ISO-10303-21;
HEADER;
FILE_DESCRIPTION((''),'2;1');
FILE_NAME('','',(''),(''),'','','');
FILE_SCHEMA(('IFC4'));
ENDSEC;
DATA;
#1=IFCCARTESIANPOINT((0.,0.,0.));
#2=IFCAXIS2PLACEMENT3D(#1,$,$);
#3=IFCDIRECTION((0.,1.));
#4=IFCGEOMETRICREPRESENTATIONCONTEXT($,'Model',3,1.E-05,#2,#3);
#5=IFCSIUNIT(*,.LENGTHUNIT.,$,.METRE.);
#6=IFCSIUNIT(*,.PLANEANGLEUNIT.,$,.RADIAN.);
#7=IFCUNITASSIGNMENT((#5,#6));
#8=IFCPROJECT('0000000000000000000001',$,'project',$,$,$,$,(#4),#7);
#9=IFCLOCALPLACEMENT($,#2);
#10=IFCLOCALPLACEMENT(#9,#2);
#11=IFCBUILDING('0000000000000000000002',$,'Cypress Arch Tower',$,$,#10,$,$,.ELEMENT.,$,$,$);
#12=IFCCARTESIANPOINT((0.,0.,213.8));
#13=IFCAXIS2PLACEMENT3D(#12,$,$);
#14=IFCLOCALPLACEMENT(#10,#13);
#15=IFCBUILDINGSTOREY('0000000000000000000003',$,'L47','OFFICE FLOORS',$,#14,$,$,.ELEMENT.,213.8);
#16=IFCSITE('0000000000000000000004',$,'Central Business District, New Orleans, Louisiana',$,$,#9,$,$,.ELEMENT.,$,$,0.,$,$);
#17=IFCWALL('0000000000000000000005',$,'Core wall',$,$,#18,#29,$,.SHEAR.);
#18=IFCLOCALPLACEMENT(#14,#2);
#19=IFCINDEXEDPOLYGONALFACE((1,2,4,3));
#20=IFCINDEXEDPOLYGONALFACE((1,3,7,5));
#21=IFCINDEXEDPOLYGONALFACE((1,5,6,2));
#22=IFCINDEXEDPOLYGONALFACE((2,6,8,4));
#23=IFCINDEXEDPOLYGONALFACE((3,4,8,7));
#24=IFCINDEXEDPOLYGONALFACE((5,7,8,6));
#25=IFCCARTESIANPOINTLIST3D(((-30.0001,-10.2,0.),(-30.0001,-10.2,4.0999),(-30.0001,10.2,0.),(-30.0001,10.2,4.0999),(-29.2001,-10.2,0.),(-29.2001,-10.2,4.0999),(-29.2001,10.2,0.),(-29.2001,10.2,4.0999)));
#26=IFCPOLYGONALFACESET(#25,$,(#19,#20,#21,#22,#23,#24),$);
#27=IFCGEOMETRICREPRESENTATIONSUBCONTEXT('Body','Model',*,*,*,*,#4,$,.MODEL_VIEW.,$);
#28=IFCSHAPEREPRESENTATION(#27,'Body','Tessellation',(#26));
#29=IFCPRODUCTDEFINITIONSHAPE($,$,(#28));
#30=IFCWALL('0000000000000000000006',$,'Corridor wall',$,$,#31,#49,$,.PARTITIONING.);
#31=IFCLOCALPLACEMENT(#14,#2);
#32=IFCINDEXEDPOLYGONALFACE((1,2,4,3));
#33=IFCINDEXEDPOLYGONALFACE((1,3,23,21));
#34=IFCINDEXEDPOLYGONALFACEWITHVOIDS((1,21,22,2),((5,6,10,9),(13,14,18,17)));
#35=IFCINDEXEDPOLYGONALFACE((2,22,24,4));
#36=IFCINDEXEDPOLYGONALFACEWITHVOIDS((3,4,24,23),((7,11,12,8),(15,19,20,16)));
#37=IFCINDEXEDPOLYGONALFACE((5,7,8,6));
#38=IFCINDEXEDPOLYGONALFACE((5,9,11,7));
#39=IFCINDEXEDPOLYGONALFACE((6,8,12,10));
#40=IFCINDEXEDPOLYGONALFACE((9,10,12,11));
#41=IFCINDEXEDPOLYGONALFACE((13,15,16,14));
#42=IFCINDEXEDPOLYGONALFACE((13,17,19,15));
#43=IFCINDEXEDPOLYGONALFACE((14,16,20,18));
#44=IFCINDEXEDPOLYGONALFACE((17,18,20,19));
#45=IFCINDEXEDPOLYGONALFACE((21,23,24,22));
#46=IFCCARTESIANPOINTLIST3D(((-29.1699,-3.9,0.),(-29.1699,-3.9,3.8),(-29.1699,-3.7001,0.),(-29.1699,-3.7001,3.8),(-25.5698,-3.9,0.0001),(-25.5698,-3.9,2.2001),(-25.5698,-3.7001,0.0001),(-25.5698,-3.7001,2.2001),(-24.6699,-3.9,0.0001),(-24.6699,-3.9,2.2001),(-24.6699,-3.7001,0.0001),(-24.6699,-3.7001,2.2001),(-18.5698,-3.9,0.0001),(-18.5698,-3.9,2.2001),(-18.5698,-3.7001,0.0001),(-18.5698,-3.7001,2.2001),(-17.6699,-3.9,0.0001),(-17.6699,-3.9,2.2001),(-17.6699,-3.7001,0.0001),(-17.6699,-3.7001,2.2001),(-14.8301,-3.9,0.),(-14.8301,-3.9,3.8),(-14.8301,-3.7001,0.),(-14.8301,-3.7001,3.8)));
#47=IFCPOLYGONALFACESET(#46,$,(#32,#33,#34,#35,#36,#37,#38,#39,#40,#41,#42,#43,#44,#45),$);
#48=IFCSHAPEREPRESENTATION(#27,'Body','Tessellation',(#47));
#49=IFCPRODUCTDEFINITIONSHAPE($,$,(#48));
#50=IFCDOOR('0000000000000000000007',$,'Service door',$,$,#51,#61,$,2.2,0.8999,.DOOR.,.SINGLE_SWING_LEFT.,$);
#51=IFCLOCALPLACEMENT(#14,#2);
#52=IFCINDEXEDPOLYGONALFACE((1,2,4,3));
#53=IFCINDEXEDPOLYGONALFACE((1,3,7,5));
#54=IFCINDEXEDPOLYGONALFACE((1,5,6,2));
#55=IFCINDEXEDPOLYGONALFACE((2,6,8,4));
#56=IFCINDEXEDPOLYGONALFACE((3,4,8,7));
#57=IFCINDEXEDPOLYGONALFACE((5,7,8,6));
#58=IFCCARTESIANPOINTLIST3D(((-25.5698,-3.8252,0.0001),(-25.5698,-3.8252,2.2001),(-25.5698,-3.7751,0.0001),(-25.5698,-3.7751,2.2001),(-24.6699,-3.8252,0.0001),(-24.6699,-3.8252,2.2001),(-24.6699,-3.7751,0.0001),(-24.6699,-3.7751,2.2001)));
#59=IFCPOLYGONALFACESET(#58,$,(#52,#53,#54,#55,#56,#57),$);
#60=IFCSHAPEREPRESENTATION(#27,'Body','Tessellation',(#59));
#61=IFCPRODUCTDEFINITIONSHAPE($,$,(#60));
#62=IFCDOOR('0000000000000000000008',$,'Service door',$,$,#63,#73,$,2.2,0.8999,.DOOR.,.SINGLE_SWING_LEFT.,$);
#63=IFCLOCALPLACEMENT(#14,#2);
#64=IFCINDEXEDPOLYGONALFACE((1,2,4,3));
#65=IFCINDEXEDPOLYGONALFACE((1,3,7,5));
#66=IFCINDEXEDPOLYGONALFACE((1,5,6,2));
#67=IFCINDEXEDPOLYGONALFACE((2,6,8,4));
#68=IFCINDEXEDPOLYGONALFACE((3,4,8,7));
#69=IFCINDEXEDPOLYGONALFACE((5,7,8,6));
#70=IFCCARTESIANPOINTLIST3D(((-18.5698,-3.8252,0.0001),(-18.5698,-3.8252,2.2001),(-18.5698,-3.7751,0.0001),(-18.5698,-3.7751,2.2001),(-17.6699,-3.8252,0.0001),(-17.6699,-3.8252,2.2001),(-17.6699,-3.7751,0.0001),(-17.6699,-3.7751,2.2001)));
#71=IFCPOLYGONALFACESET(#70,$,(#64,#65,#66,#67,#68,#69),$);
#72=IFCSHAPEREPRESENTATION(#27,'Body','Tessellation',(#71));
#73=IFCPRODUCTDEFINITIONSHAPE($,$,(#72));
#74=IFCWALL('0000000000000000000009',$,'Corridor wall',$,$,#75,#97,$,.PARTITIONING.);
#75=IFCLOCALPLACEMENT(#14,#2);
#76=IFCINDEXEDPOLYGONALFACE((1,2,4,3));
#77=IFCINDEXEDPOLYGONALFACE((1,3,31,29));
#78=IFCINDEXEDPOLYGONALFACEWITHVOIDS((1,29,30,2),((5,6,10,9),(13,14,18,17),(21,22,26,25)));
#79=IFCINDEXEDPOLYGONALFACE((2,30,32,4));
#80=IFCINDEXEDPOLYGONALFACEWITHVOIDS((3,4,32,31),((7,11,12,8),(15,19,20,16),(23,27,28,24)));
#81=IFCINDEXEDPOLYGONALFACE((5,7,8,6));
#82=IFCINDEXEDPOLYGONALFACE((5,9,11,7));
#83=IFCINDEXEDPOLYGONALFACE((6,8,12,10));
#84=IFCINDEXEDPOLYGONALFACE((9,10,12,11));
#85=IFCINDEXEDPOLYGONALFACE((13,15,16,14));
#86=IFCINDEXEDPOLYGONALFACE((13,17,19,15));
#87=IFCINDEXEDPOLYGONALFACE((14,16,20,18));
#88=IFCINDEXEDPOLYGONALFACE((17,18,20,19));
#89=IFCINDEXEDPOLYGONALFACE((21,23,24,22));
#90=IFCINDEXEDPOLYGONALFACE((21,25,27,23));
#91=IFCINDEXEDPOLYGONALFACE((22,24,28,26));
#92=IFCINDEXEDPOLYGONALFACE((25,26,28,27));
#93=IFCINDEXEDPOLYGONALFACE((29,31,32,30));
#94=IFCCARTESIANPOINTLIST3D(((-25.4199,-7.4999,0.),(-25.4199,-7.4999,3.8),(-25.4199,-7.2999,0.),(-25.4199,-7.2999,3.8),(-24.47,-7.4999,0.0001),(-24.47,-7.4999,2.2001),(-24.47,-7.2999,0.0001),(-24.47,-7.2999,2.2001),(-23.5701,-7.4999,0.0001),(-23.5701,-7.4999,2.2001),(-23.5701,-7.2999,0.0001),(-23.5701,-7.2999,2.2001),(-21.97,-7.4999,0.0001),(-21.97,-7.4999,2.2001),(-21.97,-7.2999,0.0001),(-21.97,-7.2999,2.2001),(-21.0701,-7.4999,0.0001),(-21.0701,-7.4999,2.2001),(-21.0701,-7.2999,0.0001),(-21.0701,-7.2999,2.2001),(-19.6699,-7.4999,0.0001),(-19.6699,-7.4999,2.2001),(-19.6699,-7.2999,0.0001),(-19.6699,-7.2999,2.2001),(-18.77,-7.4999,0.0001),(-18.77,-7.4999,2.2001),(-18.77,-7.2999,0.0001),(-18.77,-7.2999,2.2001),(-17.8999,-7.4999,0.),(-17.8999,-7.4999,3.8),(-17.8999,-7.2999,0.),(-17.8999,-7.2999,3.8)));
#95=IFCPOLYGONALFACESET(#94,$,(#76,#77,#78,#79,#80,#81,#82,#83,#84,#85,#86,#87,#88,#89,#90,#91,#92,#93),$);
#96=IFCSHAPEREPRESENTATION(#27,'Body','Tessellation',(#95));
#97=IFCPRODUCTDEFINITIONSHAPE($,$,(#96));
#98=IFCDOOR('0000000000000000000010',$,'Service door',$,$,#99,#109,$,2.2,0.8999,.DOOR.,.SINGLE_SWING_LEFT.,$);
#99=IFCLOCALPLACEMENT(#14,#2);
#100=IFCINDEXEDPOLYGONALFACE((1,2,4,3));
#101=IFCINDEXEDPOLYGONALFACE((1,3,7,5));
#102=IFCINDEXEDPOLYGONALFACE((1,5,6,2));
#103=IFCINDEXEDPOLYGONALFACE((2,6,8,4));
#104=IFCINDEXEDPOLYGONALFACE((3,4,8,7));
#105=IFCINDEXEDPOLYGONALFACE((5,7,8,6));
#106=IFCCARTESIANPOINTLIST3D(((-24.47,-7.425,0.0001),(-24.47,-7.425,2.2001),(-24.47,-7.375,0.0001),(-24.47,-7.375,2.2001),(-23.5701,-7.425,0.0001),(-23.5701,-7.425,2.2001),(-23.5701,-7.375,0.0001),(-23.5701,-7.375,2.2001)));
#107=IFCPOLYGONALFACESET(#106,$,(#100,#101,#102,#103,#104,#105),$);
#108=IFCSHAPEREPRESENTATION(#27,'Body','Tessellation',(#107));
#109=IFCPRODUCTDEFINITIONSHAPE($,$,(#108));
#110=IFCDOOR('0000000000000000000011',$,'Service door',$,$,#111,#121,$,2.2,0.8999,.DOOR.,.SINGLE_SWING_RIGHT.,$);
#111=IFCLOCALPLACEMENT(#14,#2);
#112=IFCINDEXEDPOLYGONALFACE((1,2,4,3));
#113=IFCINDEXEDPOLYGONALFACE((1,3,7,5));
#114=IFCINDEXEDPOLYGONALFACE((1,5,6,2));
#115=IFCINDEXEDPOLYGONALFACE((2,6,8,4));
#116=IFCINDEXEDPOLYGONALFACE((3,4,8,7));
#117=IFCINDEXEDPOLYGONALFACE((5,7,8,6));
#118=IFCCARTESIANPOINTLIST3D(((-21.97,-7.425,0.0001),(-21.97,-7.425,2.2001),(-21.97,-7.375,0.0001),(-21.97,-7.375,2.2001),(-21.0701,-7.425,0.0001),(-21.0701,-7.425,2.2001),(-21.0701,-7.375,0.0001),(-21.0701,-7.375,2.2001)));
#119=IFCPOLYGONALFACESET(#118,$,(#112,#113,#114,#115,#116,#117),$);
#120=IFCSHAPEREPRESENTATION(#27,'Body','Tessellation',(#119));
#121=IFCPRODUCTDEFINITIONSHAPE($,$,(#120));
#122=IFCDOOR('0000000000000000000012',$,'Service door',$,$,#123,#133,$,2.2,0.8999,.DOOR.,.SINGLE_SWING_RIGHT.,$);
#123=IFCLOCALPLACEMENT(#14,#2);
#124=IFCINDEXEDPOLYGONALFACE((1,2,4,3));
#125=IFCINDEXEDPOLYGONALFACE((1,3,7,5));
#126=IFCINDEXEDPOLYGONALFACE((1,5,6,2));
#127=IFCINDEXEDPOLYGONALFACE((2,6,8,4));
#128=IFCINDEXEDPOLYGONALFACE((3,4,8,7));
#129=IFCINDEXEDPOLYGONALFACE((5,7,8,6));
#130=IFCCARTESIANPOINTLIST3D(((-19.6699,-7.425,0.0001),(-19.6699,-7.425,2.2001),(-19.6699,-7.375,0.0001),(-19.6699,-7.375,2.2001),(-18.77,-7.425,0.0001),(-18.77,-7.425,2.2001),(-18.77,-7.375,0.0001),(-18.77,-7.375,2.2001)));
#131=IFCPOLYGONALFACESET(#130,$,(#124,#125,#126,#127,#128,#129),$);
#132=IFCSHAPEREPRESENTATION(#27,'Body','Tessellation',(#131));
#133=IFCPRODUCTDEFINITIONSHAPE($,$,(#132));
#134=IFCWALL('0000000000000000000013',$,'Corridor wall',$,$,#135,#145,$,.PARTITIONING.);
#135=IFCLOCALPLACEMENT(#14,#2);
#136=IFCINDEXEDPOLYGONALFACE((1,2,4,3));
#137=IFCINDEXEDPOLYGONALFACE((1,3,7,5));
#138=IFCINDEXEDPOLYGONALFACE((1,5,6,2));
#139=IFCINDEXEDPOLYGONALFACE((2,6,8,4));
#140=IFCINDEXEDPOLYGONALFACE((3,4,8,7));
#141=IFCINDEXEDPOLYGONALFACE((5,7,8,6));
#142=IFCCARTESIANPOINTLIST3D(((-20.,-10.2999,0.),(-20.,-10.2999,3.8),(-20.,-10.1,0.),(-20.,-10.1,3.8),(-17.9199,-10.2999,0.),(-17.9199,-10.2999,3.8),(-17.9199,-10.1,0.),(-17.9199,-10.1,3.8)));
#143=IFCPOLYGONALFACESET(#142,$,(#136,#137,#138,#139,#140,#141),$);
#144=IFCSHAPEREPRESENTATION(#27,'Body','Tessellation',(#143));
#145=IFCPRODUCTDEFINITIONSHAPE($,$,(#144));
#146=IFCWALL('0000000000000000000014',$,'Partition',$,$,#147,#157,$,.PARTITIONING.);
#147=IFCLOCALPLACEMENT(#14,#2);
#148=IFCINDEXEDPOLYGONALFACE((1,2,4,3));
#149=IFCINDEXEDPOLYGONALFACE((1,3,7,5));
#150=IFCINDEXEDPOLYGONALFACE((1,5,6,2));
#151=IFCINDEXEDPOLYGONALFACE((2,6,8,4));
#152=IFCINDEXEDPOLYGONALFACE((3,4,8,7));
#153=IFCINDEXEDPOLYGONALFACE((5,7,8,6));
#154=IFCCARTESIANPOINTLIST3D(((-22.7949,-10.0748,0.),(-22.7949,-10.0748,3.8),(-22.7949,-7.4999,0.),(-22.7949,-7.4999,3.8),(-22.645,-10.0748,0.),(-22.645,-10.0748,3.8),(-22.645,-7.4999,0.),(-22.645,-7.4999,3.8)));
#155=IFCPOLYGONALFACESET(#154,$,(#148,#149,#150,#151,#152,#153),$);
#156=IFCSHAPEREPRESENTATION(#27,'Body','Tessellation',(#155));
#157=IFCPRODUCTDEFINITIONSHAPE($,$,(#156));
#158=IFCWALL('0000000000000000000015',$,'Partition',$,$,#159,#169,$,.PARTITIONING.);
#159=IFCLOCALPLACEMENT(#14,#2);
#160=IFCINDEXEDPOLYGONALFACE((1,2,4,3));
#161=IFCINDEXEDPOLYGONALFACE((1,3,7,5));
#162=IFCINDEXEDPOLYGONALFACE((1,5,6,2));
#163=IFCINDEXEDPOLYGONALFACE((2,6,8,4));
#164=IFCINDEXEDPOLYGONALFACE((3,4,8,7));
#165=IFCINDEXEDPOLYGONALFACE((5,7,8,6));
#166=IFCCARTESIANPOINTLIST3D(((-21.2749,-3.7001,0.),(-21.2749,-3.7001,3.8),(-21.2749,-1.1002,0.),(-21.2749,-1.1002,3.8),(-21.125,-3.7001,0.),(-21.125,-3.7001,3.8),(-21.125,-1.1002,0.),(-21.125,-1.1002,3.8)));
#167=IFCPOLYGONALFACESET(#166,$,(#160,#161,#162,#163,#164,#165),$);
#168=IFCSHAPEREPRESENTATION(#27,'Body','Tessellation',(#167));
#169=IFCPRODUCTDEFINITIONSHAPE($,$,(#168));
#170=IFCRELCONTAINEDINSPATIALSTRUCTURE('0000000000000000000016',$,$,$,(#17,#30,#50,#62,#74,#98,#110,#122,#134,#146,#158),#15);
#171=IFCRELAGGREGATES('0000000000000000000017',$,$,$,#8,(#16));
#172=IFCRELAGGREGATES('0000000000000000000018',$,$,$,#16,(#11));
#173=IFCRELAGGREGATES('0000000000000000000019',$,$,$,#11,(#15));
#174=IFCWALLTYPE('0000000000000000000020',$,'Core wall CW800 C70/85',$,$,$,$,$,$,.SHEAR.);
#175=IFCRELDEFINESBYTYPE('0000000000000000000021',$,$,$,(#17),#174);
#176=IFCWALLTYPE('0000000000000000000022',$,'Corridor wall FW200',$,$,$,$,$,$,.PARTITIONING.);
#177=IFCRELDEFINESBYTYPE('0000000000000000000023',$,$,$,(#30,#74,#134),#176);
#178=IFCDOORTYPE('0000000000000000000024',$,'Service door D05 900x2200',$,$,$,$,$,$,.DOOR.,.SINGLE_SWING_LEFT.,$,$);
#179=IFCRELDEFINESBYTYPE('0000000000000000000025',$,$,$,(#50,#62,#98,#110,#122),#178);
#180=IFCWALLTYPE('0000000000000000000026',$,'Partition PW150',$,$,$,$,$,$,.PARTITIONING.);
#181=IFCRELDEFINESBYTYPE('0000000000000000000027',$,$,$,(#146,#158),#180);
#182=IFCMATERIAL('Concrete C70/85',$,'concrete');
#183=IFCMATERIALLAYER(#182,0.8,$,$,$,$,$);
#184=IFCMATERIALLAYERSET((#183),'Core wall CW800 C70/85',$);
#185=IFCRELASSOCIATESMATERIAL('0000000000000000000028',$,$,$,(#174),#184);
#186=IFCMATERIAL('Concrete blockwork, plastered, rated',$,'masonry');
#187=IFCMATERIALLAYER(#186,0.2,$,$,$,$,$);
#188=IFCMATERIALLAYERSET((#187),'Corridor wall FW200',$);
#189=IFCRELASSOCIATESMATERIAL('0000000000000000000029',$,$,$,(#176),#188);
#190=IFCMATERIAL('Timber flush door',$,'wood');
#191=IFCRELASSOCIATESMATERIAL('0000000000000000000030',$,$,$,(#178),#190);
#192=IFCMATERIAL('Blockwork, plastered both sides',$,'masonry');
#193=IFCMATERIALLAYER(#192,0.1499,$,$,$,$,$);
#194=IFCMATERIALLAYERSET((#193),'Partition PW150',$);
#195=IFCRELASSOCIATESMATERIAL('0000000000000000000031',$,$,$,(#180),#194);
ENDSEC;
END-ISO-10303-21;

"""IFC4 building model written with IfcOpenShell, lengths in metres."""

from ifc_helpers import new_model, si_unit, direction, frame, frame_2d, origin, place, context, subcontext, project, spatial, rectangle, extrude, material, layer, layer_set, type_object, element, fill, save


model = new_model("IFC4")

# Units and contexts
model_context = context("Model", 3, precision=1e-05, world=origin(), true_north=direction((0.0, 1.0)))
body_context = subcontext(model_context, "Body", "Model", "MODEL_VIEW")
ifc_project = project(units=[si_unit("LENGTHUNIT", "METRE"), si_unit("PLANEANGLEUNIT", "RADIAN")], contexts=[model_context])

# Site, building, storey
site_placement = place(None, origin())
site = spatial("IfcSite", under=ifc_project, at=site_placement, Name="Central Business District, New Orleans, Louisiana", CompositionType="ELEMENT", RefElevation=0.0)
building_placement = place(site_placement, origin())
building = spatial("IfcBuilding", under=site, at=building_placement, Name="Cypress Arch Tower", CompositionType="ELEMENT")
storey_placement = place(building_placement, frame((0.0, 0.0, 213.8)))
storey = spatial("IfcBuildingStorey", under=building, at=storey_placement, Name="L47", Description="OFFICE FLOORS", CompositionType="ELEMENT", Elevation=213.8)

# Wall
ifc_material_1 = material(Name="Concrete C70/85", Category="concrete")
ifc_layer_1 = layer(ifc_material_1, 0.8)
ifc_layer_set_1 = layer_set([ifc_layer_1], Name="Core wall CW800 C70/85")
wall_type_1 = type_object("IfcWallType", Name="Core wall CW800 C70/85", PredefinedType="SHEAR", material=ifc_layer_set_1)
wall_1_placement = place(storey_placement, frame((-29.6001, -10.2, 0.0), z_axis=(0.0, 0.0, 1.0), x_axis=(0.0, 1.0, 0.0)))
element("IfcWall", 1, at=wall_1_placement, inside=storey, type_object=wall_type_1, Name="Core wall", PredefinedType="SHEAR", context=body_context, shape_type="SweptSolid", body=[
    extrude(rectangle(XDim=20.3999, YDim=0.8, at=frame_2d((10.2, 0.0))), origin(), (0.0, 0.0, 1.0), 4.0999),
])

# Walls, openings, doors
ifc_material_2 = material(Name="Concrete blockwork, plastered, rated", Category="masonry")
ifc_layer_2 = layer(ifc_material_2, 0.2)
ifc_layer_set_2 = layer_set([ifc_layer_2], Name="Corridor wall FW200")
wall_type_2 = type_object("IfcWallType", Name="Corridor wall FW200", PredefinedType="PARTITIONING", material=ifc_layer_set_2)
wall_2_placement = place(storey_placement, frame((-29.1699, -3.8, 0.0), z_axis=(0.0, 0.0, 1.0), x_axis=(1.0, 0.0, 0.0)))
wall_2 = element("IfcWall", 2, at=wall_2_placement, inside=storey, type_object=wall_type_2, Name="Corridor wall", PredefinedType="PARTITIONING", context=body_context, shape_type="SweptSolid", body=[
    extrude(rectangle(XDim=14.3398, YDim=0.2, at=frame_2d((7.1699, 0.0))), origin(), (0.0, 0.0, 1.0), 3.8),
])
opening_1_placement = place(wall_2_placement, frame((3.6001, 0.0, 0.0)))
opening_1 = element("IfcOpeningElement", 3, at=opening_1_placement, cuts=wall_2, PredefinedType="OPENING", context=body_context, shape_type="SweptSolid", body=[
    extrude(rectangle(XDim=0.8999, YDim=2.2, at=frame_2d((0.45, 1.1001))), frame((0.0, 0.1099, 0.0), z_axis=(0.0, -1.0, 0.0), x_axis=(1.0, 0.0, 0.0)), (0.0, 0.0, 1.0), 0.22),
])
opening_2_placement = place(wall_2_placement, frame((10.6001, 0.0, 0.0)))
opening_2 = element("IfcOpeningElement", 4, at=opening_2_placement, cuts=wall_2, PredefinedType="OPENING", context=body_context, shape_type="SweptSolid", body=[
    extrude(rectangle(XDim=0.8999, YDim=2.2, at=frame_2d((0.45, 1.1001))), frame((0.0, 0.1099, 0.0), z_axis=(0.0, -1.0, 0.0), x_axis=(1.0, 0.0, 0.0)), (0.0, 0.0, 1.0), 0.22),
])
ifc_material_3 = material(Name="Timber flush door", Category="wood")
door_type_1 = type_object("IfcDoorType", Name="Service door D05 900x2200", OperationType="SINGLE_SWING_LEFT", PredefinedType="DOOR", material=ifc_material_3)
door_1_placement = place(opening_1_placement, origin())
door_1 = element("IfcDoor", 5, at=door_1_placement, inside=storey, type_object=door_type_1, Name="Service door", OperationType="SINGLE_SWING_LEFT", OverallHeight=2.2, OverallWidth=0.8999, PredefinedType="DOOR", context=body_context, shape_type="SweptSolid", body=[
    extrude(rectangle(XDim=0.8999, YDim=2.2, at=frame_2d((0.45, 1.1001))), frame((0.0, 0.0249, 0.0), z_axis=(0.0, -1.0, 0.0), x_axis=(1.0, 0.0, 0.0)), (0.0, 0.0, 1.0), 0.05),
])
fill(opening_1, door_1)
door_2_placement = place(opening_2_placement, origin())
door_2 = element("IfcDoor", 6, at=door_2_placement, inside=storey, type_object=door_type_1, Name="Service door", OperationType="SINGLE_SWING_LEFT", OverallHeight=2.2, OverallWidth=0.8999, PredefinedType="DOOR", context=body_context, shape_type="SweptSolid", body=[
    extrude(rectangle(XDim=0.8999, YDim=2.2, at=frame_2d((0.45, 1.1001))), frame((0.0, 0.0249, 0.0), z_axis=(0.0, -1.0, 0.0), x_axis=(1.0, 0.0, 0.0)), (0.0, 0.0, 1.0), 0.05),
])
fill(opening_2, door_2)
wall_3_placement = place(storey_placement, frame((-25.4199, -7.3999, 0.0), z_axis=(0.0, 0.0, 1.0), x_axis=(1.0, 0.0, 0.0)))
wall_3 = element("IfcWall", 7, at=wall_3_placement, inside=storey, type_object=wall_type_2, Name="Corridor wall", PredefinedType="PARTITIONING", context=body_context, shape_type="SweptSolid", body=[
    extrude(rectangle(XDim=7.52, YDim=0.2, at=frame_2d((3.76, 0.0))), origin(), (0.0, 0.0, 1.0), 3.8),
])
opening_3_placement = place(wall_3_placement, frame((0.95, 0.0, 0.0)))
opening_3 = element("IfcOpeningElement", 8, at=opening_3_placement, cuts=wall_3, PredefinedType="OPENING", context=body_context, shape_type="SweptSolid", body=[
    extrude(rectangle(XDim=0.8999, YDim=2.2, at=frame_2d((0.45, 1.1001))), frame((0.0, 0.1099, 0.0), z_axis=(0.0, -1.0, 0.0), x_axis=(1.0, 0.0, 0.0)), (0.0, 0.0, 1.0), 0.22),
])
opening_4_placement = place(wall_3_placement, frame((3.45, 0.0, 0.0)))
opening_4 = element("IfcOpeningElement", 9, at=opening_4_placement, cuts=wall_3, PredefinedType="OPENING", context=body_context, shape_type="SweptSolid", body=[
    extrude(rectangle(XDim=0.8999, YDim=2.2, at=frame_2d((0.45, 1.1001))), frame((0.0, 0.1099, 0.0), z_axis=(0.0, -1.0, 0.0), x_axis=(1.0, 0.0, 0.0)), (0.0, 0.0, 1.0), 0.22),
])
opening_5_placement = place(wall_3_placement, frame((5.75, 0.0, 0.0)))
opening_5 = element("IfcOpeningElement", 10, at=opening_5_placement, cuts=wall_3, PredefinedType="OPENING", context=body_context, shape_type="SweptSolid", body=[
    extrude(rectangle(XDim=0.8999, YDim=2.2, at=frame_2d((0.45, 1.1001))), frame((0.0, 0.1099, 0.0), z_axis=(0.0, -1.0, 0.0), x_axis=(1.0, 0.0, 0.0)), (0.0, 0.0, 1.0), 0.22),
])
door_3_placement = place(opening_3_placement, origin())
door_3 = element("IfcDoor", 11, at=door_3_placement, inside=storey, type_object=door_type_1, Name="Service door", OperationType="SINGLE_SWING_LEFT", OverallHeight=2.2, OverallWidth=0.8999, PredefinedType="DOOR", context=body_context, shape_type="SweptSolid", body=[
    extrude(rectangle(XDim=0.8999, YDim=2.2, at=frame_2d((0.45, 1.1001))), frame((0.0, 0.0249, 0.0), z_axis=(0.0, -1.0, 0.0), x_axis=(1.0, 0.0, 0.0)), (0.0, 0.0, 1.0), 0.05),
])
fill(opening_3, door_3)
door_4_placement = place(opening_4_placement, origin())
door_4 = element("IfcDoor", 12, at=door_4_placement, inside=storey, type_object=door_type_1, Name="Service door", OperationType="SINGLE_SWING_RIGHT", OverallHeight=2.2, OverallWidth=0.8999, PredefinedType="DOOR", context=body_context, shape_type="SweptSolid", body=[
    extrude(rectangle(XDim=0.8999, YDim=2.2, at=frame_2d((0.45, 1.1001))), frame((0.0, 0.0249, 0.0), z_axis=(0.0, -1.0, 0.0), x_axis=(1.0, 0.0, 0.0)), (0.0, 0.0, 1.0), 0.05),
])
fill(opening_4, door_4)
door_5_placement = place(opening_5_placement, origin())
door_5 = element("IfcDoor", 13, at=door_5_placement, inside=storey, type_object=door_type_1, Name="Service door", OperationType="SINGLE_SWING_RIGHT", OverallHeight=2.2, OverallWidth=0.8999, PredefinedType="DOOR", context=body_context, shape_type="SweptSolid", body=[
    extrude(rectangle(XDim=0.8999, YDim=2.2, at=frame_2d((0.45, 1.1001))), frame((0.0, 0.0249, 0.0), z_axis=(0.0, -1.0, 0.0), x_axis=(1.0, 0.0, 0.0)), (0.0, 0.0, 1.0), 0.05),
])
fill(opening_5, door_5)

# Walls
wall_4_placement = place(storey_placement, frame((-20.0, -10.2, 0.0), z_axis=(0.0, 0.0, 1.0), x_axis=(1.0, 0.0, 0.0)))
element("IfcWall", 14, at=wall_4_placement, inside=storey, type_object=wall_type_2, Name="Corridor wall", PredefinedType="PARTITIONING", context=body_context, shape_type="SweptSolid", body=[
    extrude(rectangle(XDim=2.0801, YDim=0.2, at=frame_2d((1.04, 0.0))), origin(), (0.0, 0.0, 1.0), 3.8),
])
ifc_material_4 = material(Name="Blockwork, plastered both sides", Category="masonry")
ifc_layer_3 = layer(ifc_material_4, 0.1499)
ifc_layer_set_3 = layer_set([ifc_layer_3], Name="Partition PW150")
wall_type_3 = type_object("IfcWallType", Name="Partition PW150", PredefinedType="PARTITIONING", material=ifc_layer_set_3)
wall_5_placement = place(storey_placement, frame((-22.72, -10.075, 0.0), z_axis=(0.0, 0.0, 1.0), x_axis=(0.0, 1.0, 0.0)))
element("IfcWall", 15, at=wall_5_placement, inside=storey, type_object=wall_type_3, Name="Partition", PredefinedType="PARTITIONING", context=body_context, shape_type="SweptSolid", body=[
    extrude(rectangle(XDim=2.575, YDim=0.1499, at=frame_2d((1.2876, 0.0))), origin(), (0.0, 0.0, 1.0), 3.8),
])
wall_6_placement = place(storey_placement, frame((-21.2, -3.7, 0.0), z_axis=(0.0, 0.0, 1.0), x_axis=(0.0, 1.0, 0.0)))
element("IfcWall", 16, at=wall_6_placement, inside=storey, type_object=wall_type_3, Name="Partition", PredefinedType="PARTITIONING", context=body_context, shape_type="SweptSolid", body=[
    extrude(rectangle(XDim=2.5999, YDim=0.1499, at=frame_2d((1.2998, 0.0))), origin(), (0.0, 0.0, 1.0), 3.8),
])

save(model, "model.ifc")
